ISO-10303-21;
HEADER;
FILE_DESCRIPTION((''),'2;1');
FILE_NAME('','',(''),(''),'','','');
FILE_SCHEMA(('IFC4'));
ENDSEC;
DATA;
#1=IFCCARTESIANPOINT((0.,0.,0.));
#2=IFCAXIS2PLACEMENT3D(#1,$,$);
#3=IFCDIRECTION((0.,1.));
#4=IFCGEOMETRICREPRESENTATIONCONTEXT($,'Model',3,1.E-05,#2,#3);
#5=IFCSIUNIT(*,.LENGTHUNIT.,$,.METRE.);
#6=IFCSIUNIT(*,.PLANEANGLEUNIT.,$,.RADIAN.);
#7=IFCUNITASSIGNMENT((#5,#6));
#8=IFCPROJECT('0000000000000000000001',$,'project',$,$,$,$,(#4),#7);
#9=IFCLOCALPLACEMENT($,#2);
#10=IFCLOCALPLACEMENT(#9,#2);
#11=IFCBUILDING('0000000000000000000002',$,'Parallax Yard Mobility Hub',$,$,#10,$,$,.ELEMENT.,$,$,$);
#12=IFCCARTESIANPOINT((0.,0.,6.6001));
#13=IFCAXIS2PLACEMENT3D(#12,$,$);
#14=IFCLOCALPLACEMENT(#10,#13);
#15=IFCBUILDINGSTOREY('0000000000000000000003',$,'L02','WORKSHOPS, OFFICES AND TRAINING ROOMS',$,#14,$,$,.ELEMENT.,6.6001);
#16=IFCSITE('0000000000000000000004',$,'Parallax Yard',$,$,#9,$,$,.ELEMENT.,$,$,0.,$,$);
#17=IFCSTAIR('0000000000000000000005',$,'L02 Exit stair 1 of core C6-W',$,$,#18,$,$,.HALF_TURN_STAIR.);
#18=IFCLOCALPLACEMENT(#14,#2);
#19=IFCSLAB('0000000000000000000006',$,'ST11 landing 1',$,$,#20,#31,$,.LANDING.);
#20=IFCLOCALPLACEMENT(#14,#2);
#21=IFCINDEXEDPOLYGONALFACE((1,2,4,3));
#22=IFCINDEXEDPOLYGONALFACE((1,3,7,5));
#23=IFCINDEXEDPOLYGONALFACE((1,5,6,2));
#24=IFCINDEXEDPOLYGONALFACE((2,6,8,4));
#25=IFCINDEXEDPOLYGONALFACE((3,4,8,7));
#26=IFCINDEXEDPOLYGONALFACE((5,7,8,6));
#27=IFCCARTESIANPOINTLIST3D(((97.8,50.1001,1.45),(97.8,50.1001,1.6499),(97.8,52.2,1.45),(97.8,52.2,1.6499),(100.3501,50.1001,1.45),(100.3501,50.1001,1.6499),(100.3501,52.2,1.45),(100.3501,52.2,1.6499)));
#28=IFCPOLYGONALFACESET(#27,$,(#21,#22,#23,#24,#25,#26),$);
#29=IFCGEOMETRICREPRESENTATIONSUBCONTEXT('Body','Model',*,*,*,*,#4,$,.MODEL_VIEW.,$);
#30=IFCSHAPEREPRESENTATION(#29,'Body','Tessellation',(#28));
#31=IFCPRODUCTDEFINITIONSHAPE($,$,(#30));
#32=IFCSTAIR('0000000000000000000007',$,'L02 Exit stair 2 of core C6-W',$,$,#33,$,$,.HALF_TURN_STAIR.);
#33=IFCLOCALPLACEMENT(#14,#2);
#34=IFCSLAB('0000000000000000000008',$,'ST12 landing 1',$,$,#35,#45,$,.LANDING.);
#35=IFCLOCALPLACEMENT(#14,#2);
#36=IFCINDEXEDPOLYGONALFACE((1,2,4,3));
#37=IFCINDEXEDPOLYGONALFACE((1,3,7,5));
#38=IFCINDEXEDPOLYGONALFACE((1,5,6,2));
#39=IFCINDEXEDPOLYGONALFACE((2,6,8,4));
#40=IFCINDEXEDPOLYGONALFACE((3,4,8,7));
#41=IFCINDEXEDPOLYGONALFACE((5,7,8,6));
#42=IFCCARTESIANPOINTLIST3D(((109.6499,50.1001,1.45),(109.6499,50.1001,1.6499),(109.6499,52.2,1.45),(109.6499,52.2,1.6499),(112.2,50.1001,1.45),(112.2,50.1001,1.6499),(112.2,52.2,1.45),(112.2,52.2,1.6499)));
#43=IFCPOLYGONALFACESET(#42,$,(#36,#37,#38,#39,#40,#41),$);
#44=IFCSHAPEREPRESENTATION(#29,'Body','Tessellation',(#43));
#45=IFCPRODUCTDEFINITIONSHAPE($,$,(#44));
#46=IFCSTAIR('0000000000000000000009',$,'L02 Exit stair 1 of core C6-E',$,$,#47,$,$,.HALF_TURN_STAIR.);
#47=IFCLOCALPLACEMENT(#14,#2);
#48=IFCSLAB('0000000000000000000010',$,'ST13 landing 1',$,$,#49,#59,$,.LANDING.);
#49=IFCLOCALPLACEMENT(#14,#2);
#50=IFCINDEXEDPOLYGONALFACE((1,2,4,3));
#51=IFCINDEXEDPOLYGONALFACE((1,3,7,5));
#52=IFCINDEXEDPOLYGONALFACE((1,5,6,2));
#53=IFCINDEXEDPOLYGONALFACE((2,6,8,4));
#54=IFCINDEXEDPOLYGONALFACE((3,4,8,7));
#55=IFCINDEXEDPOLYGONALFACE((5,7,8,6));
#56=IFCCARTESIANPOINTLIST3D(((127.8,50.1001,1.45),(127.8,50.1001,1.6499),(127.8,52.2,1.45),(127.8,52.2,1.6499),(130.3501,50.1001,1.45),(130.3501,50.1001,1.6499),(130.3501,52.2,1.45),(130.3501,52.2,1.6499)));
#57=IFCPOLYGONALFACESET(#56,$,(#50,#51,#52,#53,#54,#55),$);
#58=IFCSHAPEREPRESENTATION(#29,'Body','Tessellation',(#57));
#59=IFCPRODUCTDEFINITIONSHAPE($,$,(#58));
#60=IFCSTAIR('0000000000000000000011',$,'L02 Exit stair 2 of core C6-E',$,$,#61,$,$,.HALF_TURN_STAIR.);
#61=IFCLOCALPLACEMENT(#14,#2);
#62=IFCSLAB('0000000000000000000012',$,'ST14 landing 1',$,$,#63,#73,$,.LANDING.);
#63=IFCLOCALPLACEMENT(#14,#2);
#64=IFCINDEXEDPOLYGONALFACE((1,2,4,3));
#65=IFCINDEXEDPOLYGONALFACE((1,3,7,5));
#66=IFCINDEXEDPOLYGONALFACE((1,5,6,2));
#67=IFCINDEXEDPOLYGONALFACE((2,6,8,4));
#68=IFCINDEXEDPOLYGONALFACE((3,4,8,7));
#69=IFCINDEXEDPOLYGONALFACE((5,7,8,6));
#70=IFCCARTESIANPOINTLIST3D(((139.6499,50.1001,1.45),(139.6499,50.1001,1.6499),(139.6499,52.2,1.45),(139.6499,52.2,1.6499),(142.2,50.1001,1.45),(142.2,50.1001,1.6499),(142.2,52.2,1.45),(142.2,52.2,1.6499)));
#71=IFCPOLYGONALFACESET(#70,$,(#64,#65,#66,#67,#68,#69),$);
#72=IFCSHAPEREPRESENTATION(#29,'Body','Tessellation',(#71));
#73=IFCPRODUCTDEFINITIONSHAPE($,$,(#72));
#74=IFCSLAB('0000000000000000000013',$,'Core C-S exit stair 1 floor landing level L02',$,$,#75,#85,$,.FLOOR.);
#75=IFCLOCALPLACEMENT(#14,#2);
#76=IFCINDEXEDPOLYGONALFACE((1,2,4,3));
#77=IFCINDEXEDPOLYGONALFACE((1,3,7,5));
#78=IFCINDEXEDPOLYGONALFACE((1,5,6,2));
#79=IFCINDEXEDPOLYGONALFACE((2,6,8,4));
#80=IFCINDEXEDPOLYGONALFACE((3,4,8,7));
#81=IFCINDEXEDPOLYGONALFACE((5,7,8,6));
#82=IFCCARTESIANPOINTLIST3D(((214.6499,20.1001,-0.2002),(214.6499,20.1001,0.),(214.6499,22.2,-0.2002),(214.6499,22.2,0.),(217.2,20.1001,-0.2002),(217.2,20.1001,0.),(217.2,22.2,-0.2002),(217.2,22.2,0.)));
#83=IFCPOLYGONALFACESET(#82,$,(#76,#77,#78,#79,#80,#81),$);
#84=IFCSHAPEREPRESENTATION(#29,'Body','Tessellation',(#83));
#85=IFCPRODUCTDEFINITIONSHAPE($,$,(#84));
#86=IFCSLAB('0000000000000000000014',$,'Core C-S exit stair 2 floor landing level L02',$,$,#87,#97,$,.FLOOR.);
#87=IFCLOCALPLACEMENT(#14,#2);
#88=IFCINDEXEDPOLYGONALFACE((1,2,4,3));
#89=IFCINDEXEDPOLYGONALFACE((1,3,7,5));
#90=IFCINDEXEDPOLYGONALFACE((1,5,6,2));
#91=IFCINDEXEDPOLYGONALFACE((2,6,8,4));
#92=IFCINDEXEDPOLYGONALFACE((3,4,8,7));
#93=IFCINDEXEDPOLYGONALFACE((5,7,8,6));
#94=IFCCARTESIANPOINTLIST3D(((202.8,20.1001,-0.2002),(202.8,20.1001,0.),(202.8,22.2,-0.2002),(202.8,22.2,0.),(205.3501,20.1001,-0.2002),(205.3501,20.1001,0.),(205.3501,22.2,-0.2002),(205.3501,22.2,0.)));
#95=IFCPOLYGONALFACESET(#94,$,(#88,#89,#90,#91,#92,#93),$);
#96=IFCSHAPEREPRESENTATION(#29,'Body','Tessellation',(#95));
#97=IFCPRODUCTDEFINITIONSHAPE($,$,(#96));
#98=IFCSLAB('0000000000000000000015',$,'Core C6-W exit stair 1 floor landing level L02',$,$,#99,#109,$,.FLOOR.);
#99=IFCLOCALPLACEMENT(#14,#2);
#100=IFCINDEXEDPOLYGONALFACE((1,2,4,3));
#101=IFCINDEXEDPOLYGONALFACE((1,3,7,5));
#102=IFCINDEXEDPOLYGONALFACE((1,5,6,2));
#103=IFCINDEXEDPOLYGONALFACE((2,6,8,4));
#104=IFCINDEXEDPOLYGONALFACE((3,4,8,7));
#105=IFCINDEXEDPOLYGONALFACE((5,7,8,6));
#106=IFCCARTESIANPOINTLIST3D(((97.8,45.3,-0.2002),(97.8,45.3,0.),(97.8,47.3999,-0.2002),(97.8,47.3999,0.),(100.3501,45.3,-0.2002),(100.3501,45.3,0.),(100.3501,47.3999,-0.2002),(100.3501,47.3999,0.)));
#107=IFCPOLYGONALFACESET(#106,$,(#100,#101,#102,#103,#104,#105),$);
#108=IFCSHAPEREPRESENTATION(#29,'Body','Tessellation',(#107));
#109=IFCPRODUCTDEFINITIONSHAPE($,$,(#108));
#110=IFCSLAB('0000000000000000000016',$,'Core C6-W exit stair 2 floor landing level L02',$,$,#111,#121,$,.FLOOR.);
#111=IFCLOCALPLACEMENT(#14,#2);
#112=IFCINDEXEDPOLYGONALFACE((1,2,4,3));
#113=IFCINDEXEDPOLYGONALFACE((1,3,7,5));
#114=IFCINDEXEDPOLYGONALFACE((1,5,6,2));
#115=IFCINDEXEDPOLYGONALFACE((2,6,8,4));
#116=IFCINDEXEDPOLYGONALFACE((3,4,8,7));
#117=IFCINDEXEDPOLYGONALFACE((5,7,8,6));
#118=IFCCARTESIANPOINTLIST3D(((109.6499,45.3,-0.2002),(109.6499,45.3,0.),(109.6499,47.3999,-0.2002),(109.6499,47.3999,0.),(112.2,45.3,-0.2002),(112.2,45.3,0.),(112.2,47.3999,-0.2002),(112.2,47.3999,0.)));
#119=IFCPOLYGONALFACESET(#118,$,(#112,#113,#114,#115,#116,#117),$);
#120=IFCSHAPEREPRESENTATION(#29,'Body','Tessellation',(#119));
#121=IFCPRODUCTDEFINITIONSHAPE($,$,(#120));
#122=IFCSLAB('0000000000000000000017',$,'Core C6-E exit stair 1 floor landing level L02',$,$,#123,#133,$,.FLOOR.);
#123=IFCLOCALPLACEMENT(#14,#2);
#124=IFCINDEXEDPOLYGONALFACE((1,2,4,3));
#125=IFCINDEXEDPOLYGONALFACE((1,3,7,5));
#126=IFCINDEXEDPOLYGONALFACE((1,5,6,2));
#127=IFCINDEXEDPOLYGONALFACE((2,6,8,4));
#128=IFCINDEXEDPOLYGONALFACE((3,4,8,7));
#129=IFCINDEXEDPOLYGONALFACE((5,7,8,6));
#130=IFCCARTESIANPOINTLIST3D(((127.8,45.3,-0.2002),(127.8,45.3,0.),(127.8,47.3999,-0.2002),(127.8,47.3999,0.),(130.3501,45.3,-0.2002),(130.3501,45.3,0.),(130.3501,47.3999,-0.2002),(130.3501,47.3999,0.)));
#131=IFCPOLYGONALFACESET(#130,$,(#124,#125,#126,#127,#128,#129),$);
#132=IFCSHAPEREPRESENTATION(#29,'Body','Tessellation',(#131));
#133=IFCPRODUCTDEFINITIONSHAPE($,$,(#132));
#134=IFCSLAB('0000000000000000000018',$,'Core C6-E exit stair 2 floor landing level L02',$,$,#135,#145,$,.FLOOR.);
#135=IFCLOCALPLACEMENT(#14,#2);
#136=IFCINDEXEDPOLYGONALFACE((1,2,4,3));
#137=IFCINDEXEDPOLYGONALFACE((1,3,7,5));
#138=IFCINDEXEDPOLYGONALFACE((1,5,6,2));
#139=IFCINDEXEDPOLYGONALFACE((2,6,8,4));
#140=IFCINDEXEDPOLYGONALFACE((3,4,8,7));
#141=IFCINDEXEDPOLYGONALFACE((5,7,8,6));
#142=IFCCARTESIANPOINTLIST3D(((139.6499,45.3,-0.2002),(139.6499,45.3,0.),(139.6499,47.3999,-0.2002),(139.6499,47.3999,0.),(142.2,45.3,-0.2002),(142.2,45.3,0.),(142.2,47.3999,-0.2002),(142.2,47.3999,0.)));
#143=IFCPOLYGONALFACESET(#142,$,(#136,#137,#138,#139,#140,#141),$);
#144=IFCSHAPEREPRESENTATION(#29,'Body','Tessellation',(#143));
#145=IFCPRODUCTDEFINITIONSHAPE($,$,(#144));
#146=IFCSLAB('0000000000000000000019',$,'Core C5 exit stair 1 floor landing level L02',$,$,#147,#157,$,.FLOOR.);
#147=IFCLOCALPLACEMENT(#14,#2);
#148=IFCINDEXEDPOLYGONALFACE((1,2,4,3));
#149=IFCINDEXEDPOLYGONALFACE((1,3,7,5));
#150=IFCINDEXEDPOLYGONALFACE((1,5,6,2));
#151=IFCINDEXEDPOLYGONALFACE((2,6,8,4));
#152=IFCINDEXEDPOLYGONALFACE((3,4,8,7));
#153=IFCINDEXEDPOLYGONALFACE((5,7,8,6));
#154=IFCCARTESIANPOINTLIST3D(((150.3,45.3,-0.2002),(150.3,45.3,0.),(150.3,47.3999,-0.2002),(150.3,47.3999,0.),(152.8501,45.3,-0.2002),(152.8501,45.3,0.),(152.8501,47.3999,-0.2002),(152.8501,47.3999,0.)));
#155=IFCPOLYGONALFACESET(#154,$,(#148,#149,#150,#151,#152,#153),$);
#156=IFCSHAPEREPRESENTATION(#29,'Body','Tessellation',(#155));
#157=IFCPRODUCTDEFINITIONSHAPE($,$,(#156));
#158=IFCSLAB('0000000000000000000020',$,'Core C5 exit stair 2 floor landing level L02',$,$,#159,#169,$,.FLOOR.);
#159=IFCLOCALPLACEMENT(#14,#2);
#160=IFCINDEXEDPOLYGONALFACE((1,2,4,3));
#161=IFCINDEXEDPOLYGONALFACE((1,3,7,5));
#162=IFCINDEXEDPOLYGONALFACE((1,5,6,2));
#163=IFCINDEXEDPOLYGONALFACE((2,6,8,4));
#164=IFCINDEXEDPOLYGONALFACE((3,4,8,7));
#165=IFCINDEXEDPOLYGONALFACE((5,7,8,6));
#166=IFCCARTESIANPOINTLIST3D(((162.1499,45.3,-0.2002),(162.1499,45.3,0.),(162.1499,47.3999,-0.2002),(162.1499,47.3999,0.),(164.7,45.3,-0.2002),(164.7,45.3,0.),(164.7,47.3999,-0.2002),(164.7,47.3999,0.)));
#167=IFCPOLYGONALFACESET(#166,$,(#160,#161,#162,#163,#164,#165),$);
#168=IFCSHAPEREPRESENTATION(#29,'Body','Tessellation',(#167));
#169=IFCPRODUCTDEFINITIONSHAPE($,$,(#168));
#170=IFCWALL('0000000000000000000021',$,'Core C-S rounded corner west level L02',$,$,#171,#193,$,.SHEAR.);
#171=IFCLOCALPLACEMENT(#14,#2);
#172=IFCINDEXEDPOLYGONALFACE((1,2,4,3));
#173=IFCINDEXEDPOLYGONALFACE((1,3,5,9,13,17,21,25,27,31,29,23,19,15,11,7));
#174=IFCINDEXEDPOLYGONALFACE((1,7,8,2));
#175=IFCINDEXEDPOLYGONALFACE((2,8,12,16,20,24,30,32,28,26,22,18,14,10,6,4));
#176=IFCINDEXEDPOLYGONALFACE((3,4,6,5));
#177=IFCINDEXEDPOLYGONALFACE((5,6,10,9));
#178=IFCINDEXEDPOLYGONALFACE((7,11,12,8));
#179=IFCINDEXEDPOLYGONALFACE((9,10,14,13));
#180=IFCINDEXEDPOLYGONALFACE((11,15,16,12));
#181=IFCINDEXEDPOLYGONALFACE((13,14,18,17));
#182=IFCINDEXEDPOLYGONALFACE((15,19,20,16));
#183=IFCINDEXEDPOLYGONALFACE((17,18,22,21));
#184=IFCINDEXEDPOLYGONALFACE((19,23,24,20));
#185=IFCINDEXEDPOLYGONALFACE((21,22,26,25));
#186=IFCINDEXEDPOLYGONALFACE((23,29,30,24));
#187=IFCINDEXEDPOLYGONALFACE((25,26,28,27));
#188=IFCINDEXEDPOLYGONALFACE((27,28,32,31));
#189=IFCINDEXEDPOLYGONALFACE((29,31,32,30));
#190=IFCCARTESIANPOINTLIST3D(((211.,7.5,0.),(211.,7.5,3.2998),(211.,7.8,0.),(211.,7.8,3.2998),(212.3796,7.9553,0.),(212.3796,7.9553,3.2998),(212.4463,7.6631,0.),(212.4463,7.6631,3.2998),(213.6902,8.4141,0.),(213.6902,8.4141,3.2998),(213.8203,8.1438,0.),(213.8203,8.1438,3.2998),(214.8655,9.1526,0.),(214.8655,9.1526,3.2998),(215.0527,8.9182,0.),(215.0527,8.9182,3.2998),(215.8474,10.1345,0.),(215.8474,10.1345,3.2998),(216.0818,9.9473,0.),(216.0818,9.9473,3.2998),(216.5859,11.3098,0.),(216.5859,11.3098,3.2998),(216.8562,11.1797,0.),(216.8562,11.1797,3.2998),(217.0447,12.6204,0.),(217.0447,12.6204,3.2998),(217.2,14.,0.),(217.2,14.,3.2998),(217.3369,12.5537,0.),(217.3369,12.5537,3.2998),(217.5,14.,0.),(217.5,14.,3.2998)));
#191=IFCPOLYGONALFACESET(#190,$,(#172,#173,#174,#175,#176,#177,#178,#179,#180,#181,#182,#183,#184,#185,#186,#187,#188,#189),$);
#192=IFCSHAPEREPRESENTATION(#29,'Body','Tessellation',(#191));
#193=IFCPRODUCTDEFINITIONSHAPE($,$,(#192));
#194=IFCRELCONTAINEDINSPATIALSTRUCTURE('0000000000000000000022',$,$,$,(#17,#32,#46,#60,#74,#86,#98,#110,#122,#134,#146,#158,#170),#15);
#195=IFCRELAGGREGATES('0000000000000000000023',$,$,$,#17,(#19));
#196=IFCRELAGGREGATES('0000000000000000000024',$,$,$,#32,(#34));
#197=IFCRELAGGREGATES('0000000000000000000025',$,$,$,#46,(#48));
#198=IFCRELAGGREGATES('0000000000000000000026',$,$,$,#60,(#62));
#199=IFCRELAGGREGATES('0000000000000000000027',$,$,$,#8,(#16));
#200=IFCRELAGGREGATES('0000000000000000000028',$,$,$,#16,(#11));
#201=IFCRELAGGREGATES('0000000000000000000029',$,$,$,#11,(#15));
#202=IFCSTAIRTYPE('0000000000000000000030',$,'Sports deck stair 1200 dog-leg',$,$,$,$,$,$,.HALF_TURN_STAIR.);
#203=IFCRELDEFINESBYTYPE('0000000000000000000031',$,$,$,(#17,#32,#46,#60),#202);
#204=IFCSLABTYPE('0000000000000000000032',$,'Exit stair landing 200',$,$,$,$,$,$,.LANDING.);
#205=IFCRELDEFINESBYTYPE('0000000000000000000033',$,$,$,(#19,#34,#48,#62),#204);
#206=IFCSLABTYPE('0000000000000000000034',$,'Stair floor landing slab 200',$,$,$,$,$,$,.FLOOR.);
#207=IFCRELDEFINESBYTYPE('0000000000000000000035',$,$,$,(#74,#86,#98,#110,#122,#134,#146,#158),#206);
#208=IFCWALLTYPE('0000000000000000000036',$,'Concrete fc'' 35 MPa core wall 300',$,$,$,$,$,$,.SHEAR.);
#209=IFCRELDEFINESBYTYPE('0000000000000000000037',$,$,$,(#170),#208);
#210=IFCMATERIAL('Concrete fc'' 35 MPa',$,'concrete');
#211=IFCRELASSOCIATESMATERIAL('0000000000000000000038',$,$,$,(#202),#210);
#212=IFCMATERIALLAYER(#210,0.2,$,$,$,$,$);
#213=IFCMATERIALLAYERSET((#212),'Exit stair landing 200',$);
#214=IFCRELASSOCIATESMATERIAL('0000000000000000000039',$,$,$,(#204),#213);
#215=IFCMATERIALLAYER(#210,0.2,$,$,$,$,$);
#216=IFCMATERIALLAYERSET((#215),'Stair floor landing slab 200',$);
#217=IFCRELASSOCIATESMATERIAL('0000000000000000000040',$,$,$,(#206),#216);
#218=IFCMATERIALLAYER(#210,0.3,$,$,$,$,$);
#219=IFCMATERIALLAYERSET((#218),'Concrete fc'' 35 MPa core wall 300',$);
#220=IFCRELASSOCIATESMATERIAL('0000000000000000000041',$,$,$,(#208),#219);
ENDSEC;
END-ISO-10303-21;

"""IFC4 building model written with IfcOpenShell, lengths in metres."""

from ifc_helpers import new_model, si_unit, direction, frame, origin, place, context, subcontext, project, spatial, polyline, outline, extrude, material, layer, layer_set, type_object, element, aggregate, save


model = new_model("IFC4")

# Units and contexts
model_context = context("Model", 3, precision=1e-05, world=origin(), true_north=direction((0.0, 1.0)))
body_context = subcontext(model_context, "Body", "Model", "MODEL_VIEW")
ifc_project = project(units=[si_unit("LENGTHUNIT", "METRE"), si_unit("PLANEANGLEUNIT", "RADIAN")], contexts=[model_context])

# Site, building, storey
site_placement = place(None, origin())
site = spatial("IfcSite", under=ifc_project, at=site_placement, Name="Parallax Yard", CompositionType="ELEMENT", RefElevation=0.0)
building_placement = place(site_placement, origin())
building = spatial("IfcBuilding", under=site, at=building_placement, Name="Parallax Yard Mobility Hub", CompositionType="ELEMENT")
storey_placement = place(building_placement, frame((0.0, 0.0, 6.6001)))
storey = spatial("IfcBuildingStorey", under=building, at=storey_placement, Name="L02", Description="WORKSHOPS, OFFICES AND TRAINING ROOMS", CompositionType="ELEMENT", Elevation=6.6001)

# Shared definitions
ifc_material_1 = material(Name="Concrete fc' 35 MPa", Category="concrete")

# Stairs, slabs
stair_type = type_object("IfcStairType", Name="Sports deck stair 1200 dog-leg", PredefinedType="HALF_TURN_STAIR", material=ifc_material_1)
stair_1_placement = place(storey_placement, origin())
stair_1 = element("IfcStair", 1, at=stair_1_placement, inside=storey, type_object=stair_type, Name="L02 Exit stair 1 of core C6-W", PredefinedType="HALF_TURN_STAIR")
ifc_layer_1 = layer(ifc_material_1, 0.2)
ifc_layer_set_1 = layer_set([ifc_layer_1], Name="Exit stair landing 200")
slab_type_1 = type_object("IfcSlabType", Name="Exit stair landing 200", PredefinedType="LANDING", material=ifc_layer_set_1)
slab_1_placement = place(storey_placement, frame((0.0, 0.0, 1.45)))
slab_1 = element("IfcSlab", 2, at=slab_1_placement, type_object=slab_type_1, Name="ST11 landing 1", PredefinedType="LANDING", context=body_context, shape_type="SweptSolid", body=[
    extrude(outline(polyline([(100.3501, 50.1001), (100.3501, 52.2), (97.8, 52.2), (97.8, 50.1001), (100.3501, 50.1001)])), origin(), (0.0, 0.0, 1.0), 0.2),
])
aggregate(stair_1, [slab_1])
stair_2_placement = place(storey_placement, origin())
stair_2 = element("IfcStair", 3, at=stair_2_placement, inside=storey, type_object=stair_type, Name="L02 Exit stair 2 of core C6-W", PredefinedType="HALF_TURN_STAIR")
slab_2_placement = place(storey_placement, frame((0.0, 0.0, 1.45)))
slab_2 = element("IfcSlab", 4, at=slab_2_placement, type_object=slab_type_1, Name="ST12 landing 1", PredefinedType="LANDING", context=body_context, shape_type="SweptSolid", body=[
    extrude(outline(polyline([(112.2, 50.1001), (112.2, 52.2), (109.6499, 52.2), (109.6499, 50.1001), (112.2, 50.1001)])), origin(), (0.0, 0.0, 1.0), 0.2),
])
aggregate(stair_2, [slab_2])
stair_3_placement = place(storey_placement, origin())
stair_3 = element("IfcStair", 5, at=stair_3_placement, inside=storey, type_object=stair_type, Name="L02 Exit stair 1 of core C6-E", PredefinedType="HALF_TURN_STAIR")
slab_3_placement = place(storey_placement, frame((0.0, 0.0, 1.45)))
slab_3 = element("IfcSlab", 6, at=slab_3_placement, type_object=slab_type_1, Name="ST13 landing 1", PredefinedType="LANDING", context=body_context, shape_type="SweptSolid", body=[
    extrude(outline(polyline([(130.3501, 50.1001), (130.3501, 52.2), (127.8, 52.2), (127.8, 50.1001), (130.3501, 50.1001)])), origin(), (0.0, 0.0, 1.0), 0.2),
])
aggregate(stair_3, [slab_3])
stair_4_placement = place(storey_placement, origin())
stair_4 = element("IfcStair", 7, at=stair_4_placement, inside=storey, type_object=stair_type, Name="L02 Exit stair 2 of core C6-E", PredefinedType="HALF_TURN_STAIR")
slab_4_placement = place(storey_placement, frame((0.0, 0.0, 1.45)))
slab_4 = element("IfcSlab", 8, at=slab_4_placement, type_object=slab_type_1, Name="ST14 landing 1", PredefinedType="LANDING", context=body_context, shape_type="SweptSolid", body=[
    extrude(outline(polyline([(142.2, 50.1001), (142.2, 52.2), (139.6499, 52.2), (139.6499, 50.1001), (142.2, 50.1001)])), origin(), (0.0, 0.0, 1.0), 0.2),
])
aggregate(stair_4, [slab_4])

# Slabs
ifc_layer_2 = layer(ifc_material_1, 0.2)
ifc_layer_set_2 = layer_set([ifc_layer_2], Name="Stair floor landing slab 200")
slab_type_2 = type_object("IfcSlabType", Name="Stair floor landing slab 200", PredefinedType="FLOOR", material=ifc_layer_set_2)
slab_5_placement = place(storey_placement, frame((0.0, 0.0, -0.2002)))
element("IfcSlab", 9, at=slab_5_placement, inside=storey, type_object=slab_type_2, Name="Core C-S exit stair 1 floor landing level L02", PredefinedType="FLOOR", context=body_context, shape_type="SweptSolid", body=[
    extrude(outline(polyline([(217.2, 20.1001), (214.6499, 20.1001), (214.6499, 22.2), (217.2, 22.2), (217.2, 20.1001)])), origin(), (0.0, 0.0, 1.0), 0.2002),
])
slab_6_placement = place(storey_placement, frame((0.0, 0.0, -0.2002)))
element("IfcSlab", 10, at=slab_6_placement, inside=storey, type_object=slab_type_2, Name="Core C-S exit stair 2 floor landing level L02", PredefinedType="FLOOR", context=body_context, shape_type="SweptSolid", body=[
    extrude(outline(polyline([(205.3501, 20.1001), (202.8, 20.1001), (202.8, 22.2), (205.3501, 22.2), (205.3501, 20.1001)])), origin(), (0.0, 0.0, 1.0), 0.2002),
])
slab_7_placement = place(storey_placement, frame((0.0, 0.0, -0.2002)))
element("IfcSlab", 11, at=slab_7_placement, inside=storey, type_object=slab_type_2, Name="Core C6-W exit stair 1 floor landing level L02", PredefinedType="FLOOR", context=body_context, shape_type="SweptSolid", body=[
    extrude(outline(polyline([(100.3501, 45.3), (100.3501, 47.3999), (97.8, 47.3999), (97.8, 45.3), (100.3501, 45.3)])), origin(), (0.0, 0.0, 1.0), 0.2002),
])
slab_8_placement = place(storey_placement, frame((0.0, 0.0, -0.2002)))
element("IfcSlab", 12, at=slab_8_placement, inside=storey, type_object=slab_type_2, Name="Core C6-W exit stair 2 floor landing level L02", PredefinedType="FLOOR", context=body_context, shape_type="SweptSolid", body=[
    extrude(outline(polyline([(112.2, 45.3), (112.2, 47.3999), (109.6499, 47.3999), (109.6499, 45.3), (112.2, 45.3)])), origin(), (0.0, 0.0, 1.0), 0.2002),
])
slab_9_placement = place(storey_placement, frame((0.0, 0.0, -0.2002)))
element("IfcSlab", 13, at=slab_9_placement, inside=storey, type_object=slab_type_2, Name="Core C6-E exit stair 1 floor landing level L02", PredefinedType="FLOOR", context=body_context, shape_type="SweptSolid", body=[
    extrude(outline(polyline([(130.3501, 45.3), (130.3501, 47.3999), (127.8, 47.3999), (127.8, 45.3), (130.3501, 45.3)])), origin(), (0.0, 0.0, 1.0), 0.2002),
])
slab_10_placement = place(storey_placement, frame((0.0, 0.0, -0.2002)))
element("IfcSlab", 14, at=slab_10_placement, inside=storey, type_object=slab_type_2, Name="Core C6-E exit stair 2 floor landing level L02", PredefinedType="FLOOR", context=body_context, shape_type="SweptSolid", body=[
    extrude(outline(polyline([(142.2, 45.3), (142.2, 47.3999), (139.6499, 47.3999), (139.6499, 45.3), (142.2, 45.3)])), origin(), (0.0, 0.0, 1.0), 0.2002),
])
slab_11_placement = place(storey_placement, frame((0.0, 0.0, -0.2002)))
element("IfcSlab", 15, at=slab_11_placement, inside=storey, type_object=slab_type_2, Name="Core C5 exit stair 1 floor landing level L02", PredefinedType="FLOOR", context=body_context, shape_type="SweptSolid", body=[
    extrude(outline(polyline([(152.8501, 45.3), (152.8501, 47.3999), (150.3, 47.3999), (150.3, 45.3), (152.8501, 45.3)])), origin(), (0.0, 0.0, 1.0), 0.2002),
])
slab_12_placement = place(storey_placement, frame((0.0, 0.0, -0.2002)))
element("IfcSlab", 16, at=slab_12_placement, inside=storey, type_object=slab_type_2, Name="Core C5 exit stair 2 floor landing level L02", PredefinedType="FLOOR", context=body_context, shape_type="SweptSolid", body=[
    extrude(outline(polyline([(164.7, 45.3), (164.7, 47.3999), (162.1499, 47.3999), (162.1499, 45.3), (164.7, 45.3)])), origin(), (0.0, 0.0, 1.0), 0.2002),
])

# Wall
ifc_layer_3 = layer(ifc_material_1, 0.3)
ifc_layer_set_3 = layer_set([ifc_layer_3], Name="Concrete fc' 35 MPa core wall 300")
wall_type = type_object("IfcWallType", Name="Concrete fc' 35 MPa core wall 300", PredefinedType="SHEAR", material=ifc_layer_set_3)
wall_1_placement = place(storey_placement, origin())
element("IfcWall", 17, at=wall_1_placement, inside=storey, type_object=wall_type, Name="Core C-S rounded corner west level L02", PredefinedType="SHEAR", context=body_context, shape_type="SweptSolid", body=[
    extrude(outline(polyline([(217.5, 14.0), (217.3369, 12.5537), (216.8562, 11.1797), (216.0818, 9.9473), (215.0527, 8.9182), (213.8203, 8.1438), (212.4463, 7.6631), (211.0, 7.5), (211.0, 7.8), (212.3796, 7.9553), (213.6902, 8.4141), (214.8655, 9.1526), (215.8474, 10.1345), (216.5859, 11.3098), (217.0447, 12.6204), (217.2, 14.0), (217.5, 14.0)])), origin(), (0.0, 0.0, 1.0), 3.2998),
])

save(model, "model.ifc")
